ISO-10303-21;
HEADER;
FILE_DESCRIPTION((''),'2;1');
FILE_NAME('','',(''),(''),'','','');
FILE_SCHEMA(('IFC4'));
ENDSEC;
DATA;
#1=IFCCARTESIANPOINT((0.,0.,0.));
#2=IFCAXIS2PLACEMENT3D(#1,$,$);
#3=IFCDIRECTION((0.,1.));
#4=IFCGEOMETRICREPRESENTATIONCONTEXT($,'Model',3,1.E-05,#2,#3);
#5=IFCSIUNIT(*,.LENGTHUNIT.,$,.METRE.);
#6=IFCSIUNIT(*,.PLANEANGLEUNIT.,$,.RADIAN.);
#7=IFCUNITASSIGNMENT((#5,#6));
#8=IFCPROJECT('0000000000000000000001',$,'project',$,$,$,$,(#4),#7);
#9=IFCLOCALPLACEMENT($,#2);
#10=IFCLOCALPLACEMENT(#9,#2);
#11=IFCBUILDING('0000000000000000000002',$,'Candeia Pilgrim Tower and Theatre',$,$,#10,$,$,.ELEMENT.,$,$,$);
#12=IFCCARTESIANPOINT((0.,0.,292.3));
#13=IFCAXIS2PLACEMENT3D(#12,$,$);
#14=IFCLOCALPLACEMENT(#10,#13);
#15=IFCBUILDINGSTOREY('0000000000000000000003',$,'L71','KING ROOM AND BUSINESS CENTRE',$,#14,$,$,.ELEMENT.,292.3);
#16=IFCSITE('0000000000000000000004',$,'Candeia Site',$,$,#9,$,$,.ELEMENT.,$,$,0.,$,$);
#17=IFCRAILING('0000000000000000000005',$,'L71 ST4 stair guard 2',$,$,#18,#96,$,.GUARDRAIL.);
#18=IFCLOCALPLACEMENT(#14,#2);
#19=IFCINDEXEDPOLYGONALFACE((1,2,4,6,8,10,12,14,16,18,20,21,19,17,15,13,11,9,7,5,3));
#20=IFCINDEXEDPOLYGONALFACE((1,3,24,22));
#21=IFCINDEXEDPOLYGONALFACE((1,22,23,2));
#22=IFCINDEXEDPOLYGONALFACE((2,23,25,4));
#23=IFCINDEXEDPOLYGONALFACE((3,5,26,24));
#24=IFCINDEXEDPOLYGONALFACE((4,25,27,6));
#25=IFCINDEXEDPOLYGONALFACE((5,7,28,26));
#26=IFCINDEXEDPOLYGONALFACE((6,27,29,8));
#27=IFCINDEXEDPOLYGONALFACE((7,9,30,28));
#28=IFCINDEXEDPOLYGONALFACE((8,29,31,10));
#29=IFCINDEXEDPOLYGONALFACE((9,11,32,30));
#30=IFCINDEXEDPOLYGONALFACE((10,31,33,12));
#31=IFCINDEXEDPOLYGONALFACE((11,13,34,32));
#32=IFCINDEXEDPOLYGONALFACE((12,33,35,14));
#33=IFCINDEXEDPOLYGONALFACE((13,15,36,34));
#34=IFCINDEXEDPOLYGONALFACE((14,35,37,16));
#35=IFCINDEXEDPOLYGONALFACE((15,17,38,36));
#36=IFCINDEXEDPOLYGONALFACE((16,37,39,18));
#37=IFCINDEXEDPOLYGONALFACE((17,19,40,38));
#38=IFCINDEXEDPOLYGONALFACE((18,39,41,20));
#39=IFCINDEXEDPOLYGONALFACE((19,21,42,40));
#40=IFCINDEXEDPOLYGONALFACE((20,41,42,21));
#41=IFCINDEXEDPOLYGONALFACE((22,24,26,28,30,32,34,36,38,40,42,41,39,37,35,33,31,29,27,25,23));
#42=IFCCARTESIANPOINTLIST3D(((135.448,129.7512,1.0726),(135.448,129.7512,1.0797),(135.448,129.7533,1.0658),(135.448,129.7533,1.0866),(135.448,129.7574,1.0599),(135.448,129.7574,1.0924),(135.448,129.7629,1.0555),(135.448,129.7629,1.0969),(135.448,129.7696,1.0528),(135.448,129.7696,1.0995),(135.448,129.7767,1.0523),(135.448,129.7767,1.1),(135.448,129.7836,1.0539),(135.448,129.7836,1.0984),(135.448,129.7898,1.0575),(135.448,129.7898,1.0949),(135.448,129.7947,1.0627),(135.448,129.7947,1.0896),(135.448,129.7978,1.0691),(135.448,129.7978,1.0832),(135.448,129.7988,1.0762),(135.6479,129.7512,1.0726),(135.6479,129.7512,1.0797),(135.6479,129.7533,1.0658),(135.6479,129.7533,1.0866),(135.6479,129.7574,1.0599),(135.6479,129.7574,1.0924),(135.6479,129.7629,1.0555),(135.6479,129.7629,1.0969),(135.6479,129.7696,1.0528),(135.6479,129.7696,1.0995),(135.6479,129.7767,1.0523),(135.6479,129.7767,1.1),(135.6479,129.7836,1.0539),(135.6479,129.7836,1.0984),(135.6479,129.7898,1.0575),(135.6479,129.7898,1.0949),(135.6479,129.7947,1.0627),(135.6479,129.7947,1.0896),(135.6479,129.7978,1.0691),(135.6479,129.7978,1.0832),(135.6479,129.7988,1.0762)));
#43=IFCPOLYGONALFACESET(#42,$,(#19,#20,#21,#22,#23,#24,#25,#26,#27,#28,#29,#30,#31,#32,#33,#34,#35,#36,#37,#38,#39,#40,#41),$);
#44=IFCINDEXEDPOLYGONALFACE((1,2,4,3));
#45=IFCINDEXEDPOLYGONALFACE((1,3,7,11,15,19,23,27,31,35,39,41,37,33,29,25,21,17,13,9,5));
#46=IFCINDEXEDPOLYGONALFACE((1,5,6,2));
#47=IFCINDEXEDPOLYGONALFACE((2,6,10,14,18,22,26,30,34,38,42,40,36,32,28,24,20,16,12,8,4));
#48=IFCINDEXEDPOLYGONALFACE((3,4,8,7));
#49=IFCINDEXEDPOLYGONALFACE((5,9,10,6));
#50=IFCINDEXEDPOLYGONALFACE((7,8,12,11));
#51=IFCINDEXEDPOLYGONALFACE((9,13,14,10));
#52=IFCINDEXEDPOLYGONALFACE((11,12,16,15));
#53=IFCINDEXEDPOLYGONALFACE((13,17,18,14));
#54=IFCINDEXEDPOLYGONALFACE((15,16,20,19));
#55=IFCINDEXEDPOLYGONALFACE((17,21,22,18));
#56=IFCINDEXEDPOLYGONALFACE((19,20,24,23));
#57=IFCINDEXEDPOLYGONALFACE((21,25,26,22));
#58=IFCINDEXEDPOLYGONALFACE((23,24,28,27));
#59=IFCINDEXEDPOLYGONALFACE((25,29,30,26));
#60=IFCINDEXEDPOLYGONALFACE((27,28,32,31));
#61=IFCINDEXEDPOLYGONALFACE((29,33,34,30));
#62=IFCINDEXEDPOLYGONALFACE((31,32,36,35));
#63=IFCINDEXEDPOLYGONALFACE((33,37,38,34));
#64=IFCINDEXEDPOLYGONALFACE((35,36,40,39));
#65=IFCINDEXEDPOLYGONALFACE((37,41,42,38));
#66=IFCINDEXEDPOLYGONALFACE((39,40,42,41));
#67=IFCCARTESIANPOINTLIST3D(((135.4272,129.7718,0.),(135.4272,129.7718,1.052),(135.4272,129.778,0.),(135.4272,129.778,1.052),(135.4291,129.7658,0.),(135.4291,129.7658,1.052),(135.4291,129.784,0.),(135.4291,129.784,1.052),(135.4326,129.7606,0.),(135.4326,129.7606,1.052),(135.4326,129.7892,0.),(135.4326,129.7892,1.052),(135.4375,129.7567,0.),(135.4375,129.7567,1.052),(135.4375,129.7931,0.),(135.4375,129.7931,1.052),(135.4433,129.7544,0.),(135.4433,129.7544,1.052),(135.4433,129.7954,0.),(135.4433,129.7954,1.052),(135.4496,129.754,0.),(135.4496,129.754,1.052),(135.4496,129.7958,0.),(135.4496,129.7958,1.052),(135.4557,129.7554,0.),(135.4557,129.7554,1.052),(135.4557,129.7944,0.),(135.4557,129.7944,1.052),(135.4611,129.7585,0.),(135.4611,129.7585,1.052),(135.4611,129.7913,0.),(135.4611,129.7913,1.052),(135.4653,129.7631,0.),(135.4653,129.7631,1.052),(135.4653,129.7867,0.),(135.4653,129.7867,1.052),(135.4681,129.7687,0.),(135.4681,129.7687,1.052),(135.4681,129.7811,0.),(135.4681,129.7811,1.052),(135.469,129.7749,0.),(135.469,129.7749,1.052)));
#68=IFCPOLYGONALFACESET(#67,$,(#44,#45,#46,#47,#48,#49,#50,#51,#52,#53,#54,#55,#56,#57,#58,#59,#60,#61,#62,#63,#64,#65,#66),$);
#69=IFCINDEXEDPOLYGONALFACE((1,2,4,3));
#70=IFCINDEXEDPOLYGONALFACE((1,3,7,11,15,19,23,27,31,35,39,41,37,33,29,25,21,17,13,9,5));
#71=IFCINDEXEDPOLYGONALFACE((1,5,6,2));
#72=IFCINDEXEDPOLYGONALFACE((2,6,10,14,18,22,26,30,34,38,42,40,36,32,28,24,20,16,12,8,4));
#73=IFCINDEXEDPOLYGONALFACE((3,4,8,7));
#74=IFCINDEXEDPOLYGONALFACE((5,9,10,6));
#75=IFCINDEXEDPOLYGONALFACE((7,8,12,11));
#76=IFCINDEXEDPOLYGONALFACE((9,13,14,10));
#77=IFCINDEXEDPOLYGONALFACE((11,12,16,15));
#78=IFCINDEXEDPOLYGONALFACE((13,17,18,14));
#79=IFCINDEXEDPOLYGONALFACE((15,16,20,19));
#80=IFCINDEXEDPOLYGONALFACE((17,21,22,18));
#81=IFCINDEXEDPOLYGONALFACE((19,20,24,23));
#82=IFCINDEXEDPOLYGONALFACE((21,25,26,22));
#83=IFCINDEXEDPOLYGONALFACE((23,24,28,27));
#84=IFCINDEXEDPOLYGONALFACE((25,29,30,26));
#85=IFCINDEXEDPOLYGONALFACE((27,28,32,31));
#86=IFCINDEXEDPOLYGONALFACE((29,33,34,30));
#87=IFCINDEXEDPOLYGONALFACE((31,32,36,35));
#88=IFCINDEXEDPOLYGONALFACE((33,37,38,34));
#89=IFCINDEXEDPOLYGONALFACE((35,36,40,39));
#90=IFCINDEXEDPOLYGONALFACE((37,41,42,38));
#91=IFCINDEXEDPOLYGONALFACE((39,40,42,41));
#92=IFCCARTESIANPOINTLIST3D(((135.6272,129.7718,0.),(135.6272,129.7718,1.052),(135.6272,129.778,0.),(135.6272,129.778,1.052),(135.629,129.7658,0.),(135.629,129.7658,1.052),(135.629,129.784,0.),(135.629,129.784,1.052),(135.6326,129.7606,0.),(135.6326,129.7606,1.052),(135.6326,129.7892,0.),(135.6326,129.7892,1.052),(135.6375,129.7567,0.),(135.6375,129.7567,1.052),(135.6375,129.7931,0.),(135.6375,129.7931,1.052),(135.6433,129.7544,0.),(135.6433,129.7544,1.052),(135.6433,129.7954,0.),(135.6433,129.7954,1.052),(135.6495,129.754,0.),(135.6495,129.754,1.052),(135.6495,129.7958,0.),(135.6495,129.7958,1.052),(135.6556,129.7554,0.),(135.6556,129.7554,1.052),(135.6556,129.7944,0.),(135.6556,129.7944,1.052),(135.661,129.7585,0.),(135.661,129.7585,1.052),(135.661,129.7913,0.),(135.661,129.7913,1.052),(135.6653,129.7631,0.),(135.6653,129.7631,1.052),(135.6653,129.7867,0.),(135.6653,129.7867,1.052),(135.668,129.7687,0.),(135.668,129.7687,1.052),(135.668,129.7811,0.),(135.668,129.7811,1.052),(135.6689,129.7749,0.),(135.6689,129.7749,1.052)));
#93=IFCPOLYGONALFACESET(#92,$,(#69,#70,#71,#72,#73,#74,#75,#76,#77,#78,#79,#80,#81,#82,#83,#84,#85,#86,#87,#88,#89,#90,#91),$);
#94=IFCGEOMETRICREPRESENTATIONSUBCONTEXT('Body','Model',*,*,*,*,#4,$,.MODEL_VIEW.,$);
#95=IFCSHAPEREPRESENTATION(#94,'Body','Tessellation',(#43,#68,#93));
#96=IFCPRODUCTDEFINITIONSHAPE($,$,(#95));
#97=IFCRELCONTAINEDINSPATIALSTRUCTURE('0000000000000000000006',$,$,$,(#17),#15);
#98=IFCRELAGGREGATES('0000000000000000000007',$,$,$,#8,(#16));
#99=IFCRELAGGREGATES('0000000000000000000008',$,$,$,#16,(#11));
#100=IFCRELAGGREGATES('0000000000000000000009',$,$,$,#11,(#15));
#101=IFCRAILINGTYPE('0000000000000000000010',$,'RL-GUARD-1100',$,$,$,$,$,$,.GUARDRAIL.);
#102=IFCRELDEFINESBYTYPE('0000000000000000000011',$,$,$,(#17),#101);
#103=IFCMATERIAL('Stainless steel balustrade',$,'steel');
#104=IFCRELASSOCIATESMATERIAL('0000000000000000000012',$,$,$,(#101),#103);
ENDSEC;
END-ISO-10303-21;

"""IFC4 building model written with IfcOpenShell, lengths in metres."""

from ifc_helpers import new_model, si_unit, direction, frame, origin, origin_2d, place, context, subcontext, project, spatial, circle, extrude, material, type_object, element, save


model = new_model("IFC4")

# Units and contexts
model_context = context("Model", 3, precision=1e-05, world=origin(), true_north=direction((0.0, 1.0)))
body_context = subcontext(model_context, "Body", "Model", "MODEL_VIEW")
ifc_project = project(units=[si_unit("LENGTHUNIT", "METRE"), si_unit("PLANEANGLEUNIT", "RADIAN")], contexts=[model_context])

# Site, building, storey
site_placement = place(None, origin())
site = spatial("IfcSite", under=ifc_project, at=site_placement, Name="Candeia Site", CompositionType="ELEMENT", RefElevation=0.0)
building_placement = place(site_placement, origin())
building = spatial("IfcBuilding", under=site, at=building_placement, Name="Candeia Pilgrim Tower and Theatre", CompositionType="ELEMENT")
storey_placement = place(building_placement, frame((0.0, 0.0, 292.3)))
storey = spatial("IfcBuildingStorey", under=building, at=storey_placement, Name="L71", Description="KING ROOM AND BUSINESS CENTRE", CompositionType="ELEMENT", Elevation=292.3)

# Railing
ifc_material_1 = material(Name="Stainless steel balustrade", Category="steel")
railing_type_1 = type_object("IfcRailingType", Name="RL-GUARD-1100", PredefinedType="GUARDRAIL", material=ifc_material_1)
railing_1_placement = place(storey_placement, frame((135.448, 129.7749, 0.0)))
element("IfcRailing", 1, at=railing_1_placement, inside=storey, type_object=railing_type_1, Name="L71 ST4 stair guard 2", PredefinedType="GUARDRAIL", context=body_context, shape_type="SweptSolid", body=[
    extrude(circle(Radius=0.0239, at=origin_2d()), frame((0.0, 0.0, 1.0762), z_axis=(1.0, 0.0, 0.0), x_axis=(0.0, 1.0, 0.0)), (0.0, 0.0, 1.0), 0.2),
    extrude(circle(Radius=0.021, at=origin_2d()), origin(), (0.0, 0.0, 1.0), 1.052),
    extrude(circle(Radius=0.021, at=origin_2d()), frame((0.2, 0.0, 0.0)), (0.0, 0.0, 1.0), 1.052),
])

save(model, "model.ifc")
